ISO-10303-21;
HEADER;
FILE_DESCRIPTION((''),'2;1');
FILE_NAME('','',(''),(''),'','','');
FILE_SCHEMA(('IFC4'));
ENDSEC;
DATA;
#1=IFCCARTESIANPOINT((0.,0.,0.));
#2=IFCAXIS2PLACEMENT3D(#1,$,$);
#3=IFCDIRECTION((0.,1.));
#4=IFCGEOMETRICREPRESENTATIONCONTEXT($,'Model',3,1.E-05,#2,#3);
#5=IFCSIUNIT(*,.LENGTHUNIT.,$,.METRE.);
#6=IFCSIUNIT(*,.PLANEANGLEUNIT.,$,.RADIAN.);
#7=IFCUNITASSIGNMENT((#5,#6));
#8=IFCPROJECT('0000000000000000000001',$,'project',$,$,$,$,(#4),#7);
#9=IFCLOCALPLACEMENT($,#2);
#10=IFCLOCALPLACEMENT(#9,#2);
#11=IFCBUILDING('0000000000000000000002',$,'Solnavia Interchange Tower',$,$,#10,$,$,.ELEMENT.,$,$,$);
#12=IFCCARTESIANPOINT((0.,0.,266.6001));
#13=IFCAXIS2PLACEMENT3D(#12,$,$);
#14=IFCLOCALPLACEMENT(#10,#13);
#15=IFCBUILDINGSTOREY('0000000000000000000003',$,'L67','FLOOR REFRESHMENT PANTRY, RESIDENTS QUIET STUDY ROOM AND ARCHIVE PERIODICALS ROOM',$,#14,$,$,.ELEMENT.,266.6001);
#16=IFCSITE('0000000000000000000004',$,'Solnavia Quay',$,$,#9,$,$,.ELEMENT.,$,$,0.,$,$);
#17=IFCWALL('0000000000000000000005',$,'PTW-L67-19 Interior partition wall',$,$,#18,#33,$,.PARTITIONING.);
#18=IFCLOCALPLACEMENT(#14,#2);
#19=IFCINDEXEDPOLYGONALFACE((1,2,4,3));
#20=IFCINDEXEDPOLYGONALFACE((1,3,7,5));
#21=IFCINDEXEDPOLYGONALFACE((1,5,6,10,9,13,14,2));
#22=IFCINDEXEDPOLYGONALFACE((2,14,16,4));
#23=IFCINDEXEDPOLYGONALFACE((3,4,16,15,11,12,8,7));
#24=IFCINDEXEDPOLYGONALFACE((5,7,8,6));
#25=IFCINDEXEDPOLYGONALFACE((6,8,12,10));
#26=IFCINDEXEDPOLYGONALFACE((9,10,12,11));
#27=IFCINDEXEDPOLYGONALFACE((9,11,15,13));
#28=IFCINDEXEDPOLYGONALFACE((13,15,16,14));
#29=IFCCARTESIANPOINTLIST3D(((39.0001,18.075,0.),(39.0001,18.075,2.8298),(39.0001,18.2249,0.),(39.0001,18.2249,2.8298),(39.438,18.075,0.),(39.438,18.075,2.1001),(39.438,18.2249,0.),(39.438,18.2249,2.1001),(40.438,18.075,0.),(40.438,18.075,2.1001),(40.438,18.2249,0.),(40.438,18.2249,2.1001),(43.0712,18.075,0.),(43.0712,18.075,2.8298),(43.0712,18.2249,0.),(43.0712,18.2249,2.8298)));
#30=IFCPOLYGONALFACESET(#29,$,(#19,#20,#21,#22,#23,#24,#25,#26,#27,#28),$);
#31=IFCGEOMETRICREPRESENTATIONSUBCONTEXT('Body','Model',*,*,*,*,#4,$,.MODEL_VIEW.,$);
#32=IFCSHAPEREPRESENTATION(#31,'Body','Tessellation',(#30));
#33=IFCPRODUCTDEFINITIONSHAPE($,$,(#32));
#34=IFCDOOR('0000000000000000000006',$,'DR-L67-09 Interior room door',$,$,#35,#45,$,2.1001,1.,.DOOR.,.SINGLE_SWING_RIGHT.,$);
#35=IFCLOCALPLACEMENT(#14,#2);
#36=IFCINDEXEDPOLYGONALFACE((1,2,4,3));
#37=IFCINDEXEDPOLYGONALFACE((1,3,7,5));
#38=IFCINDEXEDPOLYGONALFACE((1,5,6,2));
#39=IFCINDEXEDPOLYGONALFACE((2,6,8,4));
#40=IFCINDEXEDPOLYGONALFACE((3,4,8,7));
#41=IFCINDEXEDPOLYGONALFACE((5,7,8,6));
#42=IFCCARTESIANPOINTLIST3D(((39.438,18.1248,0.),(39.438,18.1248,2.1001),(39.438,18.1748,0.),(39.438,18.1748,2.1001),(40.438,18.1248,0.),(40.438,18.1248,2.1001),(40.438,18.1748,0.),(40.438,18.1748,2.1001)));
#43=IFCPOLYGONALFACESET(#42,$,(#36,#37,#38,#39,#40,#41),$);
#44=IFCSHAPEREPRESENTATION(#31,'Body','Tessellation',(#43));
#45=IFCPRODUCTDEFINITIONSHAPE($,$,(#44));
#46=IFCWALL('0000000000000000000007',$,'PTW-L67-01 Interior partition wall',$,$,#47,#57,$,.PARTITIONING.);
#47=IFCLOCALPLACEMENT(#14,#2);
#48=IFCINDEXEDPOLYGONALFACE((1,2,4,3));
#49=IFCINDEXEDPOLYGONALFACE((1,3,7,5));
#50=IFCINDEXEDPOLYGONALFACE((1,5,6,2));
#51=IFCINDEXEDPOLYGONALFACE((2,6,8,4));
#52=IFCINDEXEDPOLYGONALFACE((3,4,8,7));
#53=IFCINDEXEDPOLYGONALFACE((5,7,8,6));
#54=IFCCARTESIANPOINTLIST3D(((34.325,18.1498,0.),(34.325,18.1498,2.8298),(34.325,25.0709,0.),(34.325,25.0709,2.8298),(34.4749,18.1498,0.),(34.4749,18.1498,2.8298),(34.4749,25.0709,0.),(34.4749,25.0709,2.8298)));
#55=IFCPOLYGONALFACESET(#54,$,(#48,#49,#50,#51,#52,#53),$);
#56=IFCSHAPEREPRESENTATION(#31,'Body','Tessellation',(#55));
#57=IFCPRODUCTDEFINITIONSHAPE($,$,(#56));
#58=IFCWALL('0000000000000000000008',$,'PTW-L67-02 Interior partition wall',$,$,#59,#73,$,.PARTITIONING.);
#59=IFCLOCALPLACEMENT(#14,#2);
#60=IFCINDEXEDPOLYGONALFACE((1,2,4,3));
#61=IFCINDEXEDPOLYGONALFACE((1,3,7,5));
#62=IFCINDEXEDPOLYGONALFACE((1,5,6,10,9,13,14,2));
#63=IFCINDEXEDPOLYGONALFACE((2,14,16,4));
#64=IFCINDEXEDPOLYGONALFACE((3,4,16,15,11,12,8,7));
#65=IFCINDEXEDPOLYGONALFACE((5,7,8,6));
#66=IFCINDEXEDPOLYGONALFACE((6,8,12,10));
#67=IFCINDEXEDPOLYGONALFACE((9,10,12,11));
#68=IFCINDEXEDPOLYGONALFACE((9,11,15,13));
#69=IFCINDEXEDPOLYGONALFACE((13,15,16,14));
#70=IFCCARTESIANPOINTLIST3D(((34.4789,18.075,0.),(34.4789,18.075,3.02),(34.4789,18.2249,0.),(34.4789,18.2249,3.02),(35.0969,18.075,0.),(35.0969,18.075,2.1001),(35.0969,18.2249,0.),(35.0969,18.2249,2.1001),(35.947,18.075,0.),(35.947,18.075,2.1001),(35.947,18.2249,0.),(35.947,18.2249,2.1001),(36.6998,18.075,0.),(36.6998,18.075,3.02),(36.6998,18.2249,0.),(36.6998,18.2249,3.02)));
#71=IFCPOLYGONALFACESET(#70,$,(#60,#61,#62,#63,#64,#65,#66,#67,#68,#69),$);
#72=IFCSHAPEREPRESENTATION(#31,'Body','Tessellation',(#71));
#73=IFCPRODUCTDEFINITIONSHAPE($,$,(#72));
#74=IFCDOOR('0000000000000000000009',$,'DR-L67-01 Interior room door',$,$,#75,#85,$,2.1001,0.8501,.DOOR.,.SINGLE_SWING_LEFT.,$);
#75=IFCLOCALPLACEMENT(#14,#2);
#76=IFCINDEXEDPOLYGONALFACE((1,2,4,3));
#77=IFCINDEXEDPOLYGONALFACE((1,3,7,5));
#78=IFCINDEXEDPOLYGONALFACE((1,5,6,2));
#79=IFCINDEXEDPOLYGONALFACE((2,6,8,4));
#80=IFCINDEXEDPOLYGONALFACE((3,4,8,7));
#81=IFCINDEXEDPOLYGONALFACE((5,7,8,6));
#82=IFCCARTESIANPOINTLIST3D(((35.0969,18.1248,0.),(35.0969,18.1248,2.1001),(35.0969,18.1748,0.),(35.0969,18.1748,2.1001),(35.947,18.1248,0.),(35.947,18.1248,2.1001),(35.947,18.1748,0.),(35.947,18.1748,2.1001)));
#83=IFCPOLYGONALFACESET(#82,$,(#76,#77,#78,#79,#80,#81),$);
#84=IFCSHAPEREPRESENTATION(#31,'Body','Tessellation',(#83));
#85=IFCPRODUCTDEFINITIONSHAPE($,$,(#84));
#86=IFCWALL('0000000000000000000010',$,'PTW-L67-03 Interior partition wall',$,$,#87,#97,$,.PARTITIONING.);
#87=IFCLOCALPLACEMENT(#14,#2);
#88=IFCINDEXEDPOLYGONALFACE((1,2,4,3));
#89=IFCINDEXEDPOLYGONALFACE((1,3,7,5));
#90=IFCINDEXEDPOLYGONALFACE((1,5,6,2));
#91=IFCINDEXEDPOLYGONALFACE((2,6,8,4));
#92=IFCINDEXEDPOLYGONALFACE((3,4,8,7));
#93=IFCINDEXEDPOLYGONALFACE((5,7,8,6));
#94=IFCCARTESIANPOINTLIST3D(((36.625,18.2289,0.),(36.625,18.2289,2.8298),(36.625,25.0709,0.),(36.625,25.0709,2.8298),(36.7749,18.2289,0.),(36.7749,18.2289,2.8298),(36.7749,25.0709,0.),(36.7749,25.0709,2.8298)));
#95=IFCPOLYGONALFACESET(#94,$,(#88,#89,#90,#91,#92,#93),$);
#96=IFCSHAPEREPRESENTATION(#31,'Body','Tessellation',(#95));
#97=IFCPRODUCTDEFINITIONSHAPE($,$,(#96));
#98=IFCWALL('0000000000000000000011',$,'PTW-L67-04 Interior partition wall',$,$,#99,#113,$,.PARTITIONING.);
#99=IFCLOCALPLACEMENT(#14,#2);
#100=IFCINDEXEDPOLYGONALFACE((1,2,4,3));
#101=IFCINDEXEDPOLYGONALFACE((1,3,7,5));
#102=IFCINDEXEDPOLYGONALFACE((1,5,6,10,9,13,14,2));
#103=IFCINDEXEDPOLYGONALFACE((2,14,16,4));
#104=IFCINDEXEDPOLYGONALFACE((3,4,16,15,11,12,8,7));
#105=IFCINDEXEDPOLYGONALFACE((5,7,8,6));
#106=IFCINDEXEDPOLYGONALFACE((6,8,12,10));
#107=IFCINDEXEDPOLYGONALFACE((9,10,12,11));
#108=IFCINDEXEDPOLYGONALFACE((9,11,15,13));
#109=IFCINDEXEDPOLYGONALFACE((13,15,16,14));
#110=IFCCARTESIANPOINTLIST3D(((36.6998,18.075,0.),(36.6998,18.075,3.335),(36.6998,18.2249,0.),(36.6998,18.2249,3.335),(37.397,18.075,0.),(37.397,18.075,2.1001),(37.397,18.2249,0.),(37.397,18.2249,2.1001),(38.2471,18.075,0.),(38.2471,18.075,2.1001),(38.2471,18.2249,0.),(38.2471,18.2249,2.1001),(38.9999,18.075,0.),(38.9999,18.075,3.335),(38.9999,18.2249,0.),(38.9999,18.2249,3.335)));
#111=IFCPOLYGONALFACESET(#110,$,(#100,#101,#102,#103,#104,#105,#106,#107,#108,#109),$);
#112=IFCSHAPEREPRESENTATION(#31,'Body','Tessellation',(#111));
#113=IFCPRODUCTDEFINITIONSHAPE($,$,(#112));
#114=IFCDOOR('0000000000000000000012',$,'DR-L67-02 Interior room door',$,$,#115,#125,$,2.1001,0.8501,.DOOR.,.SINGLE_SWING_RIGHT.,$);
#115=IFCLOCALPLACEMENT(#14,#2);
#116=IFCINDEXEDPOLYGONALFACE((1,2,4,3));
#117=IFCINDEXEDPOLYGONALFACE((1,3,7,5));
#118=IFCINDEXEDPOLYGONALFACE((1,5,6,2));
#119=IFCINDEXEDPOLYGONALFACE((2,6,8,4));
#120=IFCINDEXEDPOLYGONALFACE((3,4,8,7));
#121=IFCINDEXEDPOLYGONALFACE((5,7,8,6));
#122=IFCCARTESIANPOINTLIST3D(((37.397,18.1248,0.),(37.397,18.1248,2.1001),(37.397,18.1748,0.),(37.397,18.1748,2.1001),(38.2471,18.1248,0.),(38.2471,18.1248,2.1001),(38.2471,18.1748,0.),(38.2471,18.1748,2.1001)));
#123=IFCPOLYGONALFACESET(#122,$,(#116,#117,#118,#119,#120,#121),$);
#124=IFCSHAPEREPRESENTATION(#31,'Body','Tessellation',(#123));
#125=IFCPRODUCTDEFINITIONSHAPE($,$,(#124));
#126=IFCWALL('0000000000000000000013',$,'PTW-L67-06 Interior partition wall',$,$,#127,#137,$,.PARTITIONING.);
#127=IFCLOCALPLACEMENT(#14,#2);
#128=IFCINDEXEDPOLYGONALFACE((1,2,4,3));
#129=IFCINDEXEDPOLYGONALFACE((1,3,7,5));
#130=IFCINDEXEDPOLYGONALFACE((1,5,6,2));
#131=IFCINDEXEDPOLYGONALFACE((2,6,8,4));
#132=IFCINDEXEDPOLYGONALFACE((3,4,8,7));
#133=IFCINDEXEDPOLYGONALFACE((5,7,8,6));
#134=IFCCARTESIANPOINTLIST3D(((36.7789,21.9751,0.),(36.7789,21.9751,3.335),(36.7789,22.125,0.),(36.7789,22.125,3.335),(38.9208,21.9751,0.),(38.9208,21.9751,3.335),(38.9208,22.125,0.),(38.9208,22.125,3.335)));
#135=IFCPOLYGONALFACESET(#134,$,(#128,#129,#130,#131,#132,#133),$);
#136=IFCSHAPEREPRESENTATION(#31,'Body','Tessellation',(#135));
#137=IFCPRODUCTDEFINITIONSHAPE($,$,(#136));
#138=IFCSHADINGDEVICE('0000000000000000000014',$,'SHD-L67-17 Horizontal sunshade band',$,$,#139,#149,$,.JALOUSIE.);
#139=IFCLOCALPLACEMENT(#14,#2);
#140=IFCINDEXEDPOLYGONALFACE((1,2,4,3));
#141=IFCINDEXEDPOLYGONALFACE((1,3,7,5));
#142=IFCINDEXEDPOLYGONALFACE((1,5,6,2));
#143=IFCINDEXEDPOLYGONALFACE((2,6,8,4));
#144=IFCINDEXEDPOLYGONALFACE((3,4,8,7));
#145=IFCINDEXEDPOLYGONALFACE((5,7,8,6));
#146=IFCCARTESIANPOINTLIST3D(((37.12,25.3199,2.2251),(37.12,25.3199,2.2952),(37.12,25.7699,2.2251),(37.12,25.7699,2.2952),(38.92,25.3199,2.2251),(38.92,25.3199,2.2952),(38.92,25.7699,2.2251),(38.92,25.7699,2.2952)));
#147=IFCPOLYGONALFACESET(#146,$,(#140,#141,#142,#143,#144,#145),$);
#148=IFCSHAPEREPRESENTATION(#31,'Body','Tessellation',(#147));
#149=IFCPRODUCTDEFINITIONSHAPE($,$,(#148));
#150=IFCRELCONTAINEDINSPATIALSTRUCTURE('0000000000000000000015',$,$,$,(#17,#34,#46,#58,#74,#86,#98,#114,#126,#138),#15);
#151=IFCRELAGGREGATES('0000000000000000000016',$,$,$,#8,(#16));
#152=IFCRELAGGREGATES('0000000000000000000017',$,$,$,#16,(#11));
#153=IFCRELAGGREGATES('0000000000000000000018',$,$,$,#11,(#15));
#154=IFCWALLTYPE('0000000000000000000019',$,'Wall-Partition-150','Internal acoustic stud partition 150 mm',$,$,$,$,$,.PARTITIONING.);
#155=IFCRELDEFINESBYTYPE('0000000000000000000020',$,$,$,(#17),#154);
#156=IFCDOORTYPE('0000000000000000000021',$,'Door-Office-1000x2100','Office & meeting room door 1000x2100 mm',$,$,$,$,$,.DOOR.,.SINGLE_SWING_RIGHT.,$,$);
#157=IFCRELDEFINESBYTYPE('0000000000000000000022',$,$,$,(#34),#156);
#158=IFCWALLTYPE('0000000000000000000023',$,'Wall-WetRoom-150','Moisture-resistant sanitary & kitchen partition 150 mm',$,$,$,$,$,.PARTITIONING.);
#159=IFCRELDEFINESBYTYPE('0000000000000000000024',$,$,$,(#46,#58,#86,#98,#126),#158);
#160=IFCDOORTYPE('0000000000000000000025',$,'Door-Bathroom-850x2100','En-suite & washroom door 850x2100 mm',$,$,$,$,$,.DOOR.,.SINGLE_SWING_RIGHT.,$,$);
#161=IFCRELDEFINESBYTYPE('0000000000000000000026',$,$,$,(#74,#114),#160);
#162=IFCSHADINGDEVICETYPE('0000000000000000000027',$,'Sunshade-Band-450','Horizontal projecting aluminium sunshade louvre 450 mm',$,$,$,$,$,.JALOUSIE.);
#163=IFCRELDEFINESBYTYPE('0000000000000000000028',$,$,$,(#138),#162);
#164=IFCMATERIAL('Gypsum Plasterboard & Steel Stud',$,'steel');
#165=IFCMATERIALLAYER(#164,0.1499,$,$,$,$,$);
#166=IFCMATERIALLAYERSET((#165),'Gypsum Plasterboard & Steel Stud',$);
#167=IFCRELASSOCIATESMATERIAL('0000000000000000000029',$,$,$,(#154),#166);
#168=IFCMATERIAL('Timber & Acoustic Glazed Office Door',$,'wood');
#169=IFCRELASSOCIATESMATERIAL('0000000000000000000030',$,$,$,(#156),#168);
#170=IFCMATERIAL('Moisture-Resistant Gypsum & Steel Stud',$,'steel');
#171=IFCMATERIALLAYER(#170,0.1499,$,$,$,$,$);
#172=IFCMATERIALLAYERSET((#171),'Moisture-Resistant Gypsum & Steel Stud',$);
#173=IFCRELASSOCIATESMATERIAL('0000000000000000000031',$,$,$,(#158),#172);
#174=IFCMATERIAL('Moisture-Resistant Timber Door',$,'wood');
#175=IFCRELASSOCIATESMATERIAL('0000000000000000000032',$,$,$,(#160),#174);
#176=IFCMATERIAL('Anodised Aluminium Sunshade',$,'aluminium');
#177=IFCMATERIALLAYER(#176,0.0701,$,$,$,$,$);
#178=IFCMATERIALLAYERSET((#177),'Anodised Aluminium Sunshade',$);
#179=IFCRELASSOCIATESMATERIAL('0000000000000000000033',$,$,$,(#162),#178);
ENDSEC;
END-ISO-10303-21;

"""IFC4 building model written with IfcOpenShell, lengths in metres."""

from ifc_helpers import new_model, si_unit, direction, frame, frame_2d, origin, origin_2d, place, context, subcontext, project, spatial, rectangle, extrude, material, layer, layer_set, type_object, element, fill, save


model = new_model("IFC4")

# Units and contexts
model_context = context("Model", 3, precision=1e-05, world=origin(), true_north=direction((0.0, 1.0)))
body_context = subcontext(model_context, "Body", "Model", "MODEL_VIEW")
ifc_project = project(units=[si_unit("LENGTHUNIT", "METRE"), si_unit("PLANEANGLEUNIT", "RADIAN")], contexts=[model_context])

# Site, building, storey
site_placement = place(None, origin())
site = spatial("IfcSite", under=ifc_project, at=site_placement, Name="Solnavia Quay", CompositionType="ELEMENT", RefElevation=0.0)
building_placement = place(site_placement, origin())
building = spatial("IfcBuilding", under=site, at=building_placement, Name="Solnavia Interchange Tower", CompositionType="ELEMENT")
storey_placement = place(building_placement, frame((0.0, 0.0, 266.6001)))
storey = spatial("IfcBuildingStorey", under=building, at=storey_placement, Name="L67", Description="FLOOR REFRESHMENT PANTRY, RESIDENTS QUIET STUDY ROOM AND ARCHIVE PERIODICALS ROOM", CompositionType="ELEMENT", Elevation=266.6001)

# Wall, opening, door
ifc_material_1 = material(Name="Gypsum Plasterboard & Steel Stud", Category="steel")
ifc_layer_1 = layer(ifc_material_1, 0.1499)
ifc_layer_set_1 = layer_set([ifc_layer_1], Name="Gypsum Plasterboard & Steel Stud")
wall_type_1 = type_object("IfcWallType", Name="Wall-Partition-150", Description="Internal acoustic stud partition 150 mm", PredefinedType="PARTITIONING", material=ifc_layer_set_1)
ifc_material_2 = material(Name="Timber & Acoustic Glazed Office Door", Category="wood")
door_type_1 = type_object("IfcDoorType", Name="Door-Office-1000x2100", Description="Office & meeting room door 1000x2100 mm", OperationType="SINGLE_SWING_RIGHT", PredefinedType="DOOR", material=ifc_material_2)
wall_1_placement = place(storey_placement, frame((39.0, 18.1499, 0.0), z_axis=(0.0, 0.0, 1.0), x_axis=(1.0, 0.0, 0.0)))
wall_1 = element("IfcWall", 1, at=wall_1_placement, inside=storey, type_object=wall_type_1, Name="PTW-L67-19 Interior partition wall", PredefinedType="PARTITIONING", context=body_context, shape_type="SweptSolid", body=[
    extrude(rectangle(XDim=4.071, YDim=0.1499, at=frame_2d((2.0356, 0.0))), origin(), (0.0, 0.0, 1.0), 2.8298),
])
opening_1_placement = place(wall_1_placement, frame((0.438, 0.0, 0.0)))
opening_1 = element("IfcOpeningElement", 2, at=opening_1_placement, cuts=wall_1, PredefinedType="OPENING", context=body_context, shape_type="SweptSolid", body=[
    extrude(rectangle(XDim=1.0, YDim=2.1001, at=frame_2d((0.5, 1.05))), frame((0.0, 0.085, 0.0), z_axis=(0.0, -1.0, 0.0), x_axis=(1.0, 0.0, 0.0)), (0.0, 0.0, 1.0), 0.1699),
])
door_1_placement = place(opening_1_placement, origin())
door_1 = element("IfcDoor", 3, at=door_1_placement, inside=storey, type_object=door_type_1, Name="DR-L67-09 Interior room door", OperationType="SINGLE_SWING_RIGHT", OverallHeight=2.1001, OverallWidth=1.0, PredefinedType="DOOR", context=body_context, shape_type="SweptSolid", body=[
    extrude(rectangle(XDim=1.0, YDim=2.1001, at=frame_2d((0.5, 1.05))), frame((0.0, 0.0249, 0.0), z_axis=(0.0, -1.0, 0.0), x_axis=(1.0, 0.0, 0.0)), (0.0, 0.0, 1.0), 0.05),
])
fill(opening_1, door_1)

# Wall
ifc_material_3 = material(Name="Moisture-Resistant Gypsum & Steel Stud", Category="steel")
ifc_layer_2 = layer(ifc_material_3, 0.1499)
ifc_layer_set_2 = layer_set([ifc_layer_2], Name="Moisture-Resistant Gypsum & Steel Stud")
wall_type_2 = type_object("IfcWallType", Name="Wall-WetRoom-150", Description="Moisture-resistant sanitary & kitchen partition 150 mm", PredefinedType="PARTITIONING", material=ifc_layer_set_2)
wall_2_placement = place(storey_placement, frame((34.3999, 18.1499, 0.0), z_axis=(0.0, 0.0, 1.0), x_axis=(0.0, 1.0, 0.0)))
element("IfcWall", 4, at=wall_2_placement, inside=storey, type_object=wall_type_2, Name="PTW-L67-01 Interior partition wall", PredefinedType="PARTITIONING", context=body_context, shape_type="SweptSolid", body=[
    extrude(rectangle(XDim=6.9211, YDim=0.1499, at=frame_2d((3.4604, 0.0))), origin(), (0.0, 0.0, 1.0), 2.8298),
])

# Wall, opening, door
wall_3_placement = place(storey_placement, frame((34.479, 18.1499, 0.0), z_axis=(0.0, 0.0, 1.0), x_axis=(1.0, 0.0, 0.0)))
wall_3 = element("IfcWall", 5, at=wall_3_placement, inside=storey, type_object=wall_type_2, Name="PTW-L67-02 Interior partition wall", PredefinedType="PARTITIONING", context=body_context, shape_type="SweptSolid", body=[
    extrude(rectangle(XDim=2.2209, YDim=0.1499, at=frame_2d((1.1104, 0.0))), origin(), (0.0, 0.0, 1.0), 3.02),
])
opening_2_placement = place(wall_3_placement, frame((0.6179, 0.0, 0.0)))
opening_2 = element("IfcOpeningElement", 6, at=opening_2_placement, cuts=wall_3, PredefinedType="OPENING", context=body_context, shape_type="SweptSolid", body=[
    extrude(rectangle(XDim=0.8501, YDim=2.1001, at=frame_2d((0.425, 1.05))), frame((0.0, 0.085, 0.0), z_axis=(0.0, -1.0, 0.0), x_axis=(1.0, 0.0, 0.0)), (0.0, 0.0, 1.0), 0.1699),
])
ifc_material_4 = material(Name="Moisture-Resistant Timber Door", Category="wood")
door_type_2 = type_object("IfcDoorType", Name="Door-Bathroom-850x2100", Description="En-suite & washroom door 850x2100 mm", OperationType="SINGLE_SWING_RIGHT", PredefinedType="DOOR", material=ifc_material_4)
door_2_placement = place(opening_2_placement, origin())
door_2 = element("IfcDoor", 7, at=door_2_placement, inside=storey, type_object=door_type_2, Name="DR-L67-01 Interior room door", OperationType="SINGLE_SWING_LEFT", OverallHeight=2.1001, OverallWidth=0.8501, PredefinedType="DOOR", context=body_context, shape_type="SweptSolid", body=[
    extrude(rectangle(XDim=0.8501, YDim=2.1001, at=frame_2d((0.425, 1.05))), frame((0.0, 0.0249, 0.0), z_axis=(0.0, -1.0, 0.0), x_axis=(1.0, 0.0, 0.0)), (0.0, 0.0, 1.0), 0.05),
])
fill(opening_2, door_2)

# Wall
wall_4_placement = place(storey_placement, frame((36.7, 18.229, 0.0), z_axis=(0.0, 0.0, 1.0), x_axis=(0.0, 1.0, 0.0)))
element("IfcWall", 8, at=wall_4_placement, inside=storey, type_object=wall_type_2, Name="PTW-L67-03 Interior partition wall", PredefinedType="PARTITIONING", context=body_context, shape_type="SweptSolid", body=[
    extrude(rectangle(XDim=6.842, YDim=0.1499, at=frame_2d((3.4209, 0.0))), origin(), (0.0, 0.0, 1.0), 2.8298),
])

# Wall, opening, door
wall_5_placement = place(storey_placement, frame((36.7, 18.1499, 0.0), z_axis=(0.0, 0.0, 1.0), x_axis=(1.0, 0.0, 0.0)))
wall_5 = element("IfcWall", 9, at=wall_5_placement, inside=storey, type_object=wall_type_2, Name="PTW-L67-04 Interior partition wall", PredefinedType="PARTITIONING", context=body_context, shape_type="SweptSolid", body=[
    extrude(rectangle(XDim=2.3, YDim=0.1499, at=frame_2d((1.1499, 0.0))), origin(), (0.0, 0.0, 1.0), 3.335),
])
opening_3_placement = place(wall_5_placement, frame((0.697, 0.0, 0.0)))
opening_3 = element("IfcOpeningElement", 10, at=opening_3_placement, cuts=wall_5, PredefinedType="OPENING", context=body_context, shape_type="SweptSolid", body=[
    extrude(rectangle(XDim=0.8501, YDim=2.1001, at=frame_2d((0.425, 1.05))), frame((0.0, 0.085, 0.0), z_axis=(0.0, -1.0, 0.0), x_axis=(1.0, 0.0, 0.0)), (0.0, 0.0, 1.0), 0.1699),
])
door_3_placement = place(opening_3_placement, origin())
door_3 = element("IfcDoor", 11, at=door_3_placement, inside=storey, type_object=door_type_2, Name="DR-L67-02 Interior room door", OperationType="SINGLE_SWING_RIGHT", OverallHeight=2.1001, OverallWidth=0.8501, PredefinedType="DOOR", context=body_context, shape_type="SweptSolid", body=[
    extrude(rectangle(XDim=0.8501, YDim=2.1001, at=frame_2d((0.425, 1.05))), frame((0.0, 0.0249, 0.0), z_axis=(0.0, -1.0, 0.0), x_axis=(1.0, 0.0, 0.0)), (0.0, 0.0, 1.0), 0.05),
])
fill(opening_3, door_3)

# Wall
wall_6_placement = place(storey_placement, frame((36.7791, 22.05, 0.0), z_axis=(0.0, 0.0, 1.0), x_axis=(1.0, 0.0, 0.0)))
element("IfcWall", 12, at=wall_6_placement, inside=storey, type_object=wall_type_2, Name="PTW-L67-06 Interior partition wall", PredefinedType="PARTITIONING", context=body_context, shape_type="SweptSolid", body=[
    extrude(rectangle(XDim=2.1418, YDim=0.1499, at=frame_2d((1.0708, 0.0))), origin(), (0.0, 0.0, 1.0), 3.335),
])

# Shading device
ifc_material_5 = material(Name="Anodised Aluminium Sunshade", Category="aluminium")
ifc_layer_3 = layer(ifc_material_5, 0.0701)
ifc_layer_set_3 = layer_set([ifc_layer_3], Name="Anodised Aluminium Sunshade")
shading_device_type = type_object("IfcShadingDeviceType", Name="Sunshade-Band-450", Description="Horizontal projecting aluminium sunshade louvre 450 mm", PredefinedType="JALOUSIE", material=ifc_layer_set_3)
shading_device_placement = place(storey_placement, frame((38.02, 25.5449, 2.2251), z_axis=(0.0, 0.0, 1.0), x_axis=(1.0, 0.0, 0.0)))
element("IfcShadingDevice", 13, at=shading_device_placement, inside=storey, type_object=shading_device_type, Name="SHD-L67-17 Horizontal sunshade band", PredefinedType="JALOUSIE", context=body_context, shape_type="SweptSolid", body=[
    extrude(rectangle(XDim=1.8, YDim=0.45, at=origin_2d()), origin(), (0.0, 0.0, 1.0), 0.0701),
])

save(model, "model.ifc")
